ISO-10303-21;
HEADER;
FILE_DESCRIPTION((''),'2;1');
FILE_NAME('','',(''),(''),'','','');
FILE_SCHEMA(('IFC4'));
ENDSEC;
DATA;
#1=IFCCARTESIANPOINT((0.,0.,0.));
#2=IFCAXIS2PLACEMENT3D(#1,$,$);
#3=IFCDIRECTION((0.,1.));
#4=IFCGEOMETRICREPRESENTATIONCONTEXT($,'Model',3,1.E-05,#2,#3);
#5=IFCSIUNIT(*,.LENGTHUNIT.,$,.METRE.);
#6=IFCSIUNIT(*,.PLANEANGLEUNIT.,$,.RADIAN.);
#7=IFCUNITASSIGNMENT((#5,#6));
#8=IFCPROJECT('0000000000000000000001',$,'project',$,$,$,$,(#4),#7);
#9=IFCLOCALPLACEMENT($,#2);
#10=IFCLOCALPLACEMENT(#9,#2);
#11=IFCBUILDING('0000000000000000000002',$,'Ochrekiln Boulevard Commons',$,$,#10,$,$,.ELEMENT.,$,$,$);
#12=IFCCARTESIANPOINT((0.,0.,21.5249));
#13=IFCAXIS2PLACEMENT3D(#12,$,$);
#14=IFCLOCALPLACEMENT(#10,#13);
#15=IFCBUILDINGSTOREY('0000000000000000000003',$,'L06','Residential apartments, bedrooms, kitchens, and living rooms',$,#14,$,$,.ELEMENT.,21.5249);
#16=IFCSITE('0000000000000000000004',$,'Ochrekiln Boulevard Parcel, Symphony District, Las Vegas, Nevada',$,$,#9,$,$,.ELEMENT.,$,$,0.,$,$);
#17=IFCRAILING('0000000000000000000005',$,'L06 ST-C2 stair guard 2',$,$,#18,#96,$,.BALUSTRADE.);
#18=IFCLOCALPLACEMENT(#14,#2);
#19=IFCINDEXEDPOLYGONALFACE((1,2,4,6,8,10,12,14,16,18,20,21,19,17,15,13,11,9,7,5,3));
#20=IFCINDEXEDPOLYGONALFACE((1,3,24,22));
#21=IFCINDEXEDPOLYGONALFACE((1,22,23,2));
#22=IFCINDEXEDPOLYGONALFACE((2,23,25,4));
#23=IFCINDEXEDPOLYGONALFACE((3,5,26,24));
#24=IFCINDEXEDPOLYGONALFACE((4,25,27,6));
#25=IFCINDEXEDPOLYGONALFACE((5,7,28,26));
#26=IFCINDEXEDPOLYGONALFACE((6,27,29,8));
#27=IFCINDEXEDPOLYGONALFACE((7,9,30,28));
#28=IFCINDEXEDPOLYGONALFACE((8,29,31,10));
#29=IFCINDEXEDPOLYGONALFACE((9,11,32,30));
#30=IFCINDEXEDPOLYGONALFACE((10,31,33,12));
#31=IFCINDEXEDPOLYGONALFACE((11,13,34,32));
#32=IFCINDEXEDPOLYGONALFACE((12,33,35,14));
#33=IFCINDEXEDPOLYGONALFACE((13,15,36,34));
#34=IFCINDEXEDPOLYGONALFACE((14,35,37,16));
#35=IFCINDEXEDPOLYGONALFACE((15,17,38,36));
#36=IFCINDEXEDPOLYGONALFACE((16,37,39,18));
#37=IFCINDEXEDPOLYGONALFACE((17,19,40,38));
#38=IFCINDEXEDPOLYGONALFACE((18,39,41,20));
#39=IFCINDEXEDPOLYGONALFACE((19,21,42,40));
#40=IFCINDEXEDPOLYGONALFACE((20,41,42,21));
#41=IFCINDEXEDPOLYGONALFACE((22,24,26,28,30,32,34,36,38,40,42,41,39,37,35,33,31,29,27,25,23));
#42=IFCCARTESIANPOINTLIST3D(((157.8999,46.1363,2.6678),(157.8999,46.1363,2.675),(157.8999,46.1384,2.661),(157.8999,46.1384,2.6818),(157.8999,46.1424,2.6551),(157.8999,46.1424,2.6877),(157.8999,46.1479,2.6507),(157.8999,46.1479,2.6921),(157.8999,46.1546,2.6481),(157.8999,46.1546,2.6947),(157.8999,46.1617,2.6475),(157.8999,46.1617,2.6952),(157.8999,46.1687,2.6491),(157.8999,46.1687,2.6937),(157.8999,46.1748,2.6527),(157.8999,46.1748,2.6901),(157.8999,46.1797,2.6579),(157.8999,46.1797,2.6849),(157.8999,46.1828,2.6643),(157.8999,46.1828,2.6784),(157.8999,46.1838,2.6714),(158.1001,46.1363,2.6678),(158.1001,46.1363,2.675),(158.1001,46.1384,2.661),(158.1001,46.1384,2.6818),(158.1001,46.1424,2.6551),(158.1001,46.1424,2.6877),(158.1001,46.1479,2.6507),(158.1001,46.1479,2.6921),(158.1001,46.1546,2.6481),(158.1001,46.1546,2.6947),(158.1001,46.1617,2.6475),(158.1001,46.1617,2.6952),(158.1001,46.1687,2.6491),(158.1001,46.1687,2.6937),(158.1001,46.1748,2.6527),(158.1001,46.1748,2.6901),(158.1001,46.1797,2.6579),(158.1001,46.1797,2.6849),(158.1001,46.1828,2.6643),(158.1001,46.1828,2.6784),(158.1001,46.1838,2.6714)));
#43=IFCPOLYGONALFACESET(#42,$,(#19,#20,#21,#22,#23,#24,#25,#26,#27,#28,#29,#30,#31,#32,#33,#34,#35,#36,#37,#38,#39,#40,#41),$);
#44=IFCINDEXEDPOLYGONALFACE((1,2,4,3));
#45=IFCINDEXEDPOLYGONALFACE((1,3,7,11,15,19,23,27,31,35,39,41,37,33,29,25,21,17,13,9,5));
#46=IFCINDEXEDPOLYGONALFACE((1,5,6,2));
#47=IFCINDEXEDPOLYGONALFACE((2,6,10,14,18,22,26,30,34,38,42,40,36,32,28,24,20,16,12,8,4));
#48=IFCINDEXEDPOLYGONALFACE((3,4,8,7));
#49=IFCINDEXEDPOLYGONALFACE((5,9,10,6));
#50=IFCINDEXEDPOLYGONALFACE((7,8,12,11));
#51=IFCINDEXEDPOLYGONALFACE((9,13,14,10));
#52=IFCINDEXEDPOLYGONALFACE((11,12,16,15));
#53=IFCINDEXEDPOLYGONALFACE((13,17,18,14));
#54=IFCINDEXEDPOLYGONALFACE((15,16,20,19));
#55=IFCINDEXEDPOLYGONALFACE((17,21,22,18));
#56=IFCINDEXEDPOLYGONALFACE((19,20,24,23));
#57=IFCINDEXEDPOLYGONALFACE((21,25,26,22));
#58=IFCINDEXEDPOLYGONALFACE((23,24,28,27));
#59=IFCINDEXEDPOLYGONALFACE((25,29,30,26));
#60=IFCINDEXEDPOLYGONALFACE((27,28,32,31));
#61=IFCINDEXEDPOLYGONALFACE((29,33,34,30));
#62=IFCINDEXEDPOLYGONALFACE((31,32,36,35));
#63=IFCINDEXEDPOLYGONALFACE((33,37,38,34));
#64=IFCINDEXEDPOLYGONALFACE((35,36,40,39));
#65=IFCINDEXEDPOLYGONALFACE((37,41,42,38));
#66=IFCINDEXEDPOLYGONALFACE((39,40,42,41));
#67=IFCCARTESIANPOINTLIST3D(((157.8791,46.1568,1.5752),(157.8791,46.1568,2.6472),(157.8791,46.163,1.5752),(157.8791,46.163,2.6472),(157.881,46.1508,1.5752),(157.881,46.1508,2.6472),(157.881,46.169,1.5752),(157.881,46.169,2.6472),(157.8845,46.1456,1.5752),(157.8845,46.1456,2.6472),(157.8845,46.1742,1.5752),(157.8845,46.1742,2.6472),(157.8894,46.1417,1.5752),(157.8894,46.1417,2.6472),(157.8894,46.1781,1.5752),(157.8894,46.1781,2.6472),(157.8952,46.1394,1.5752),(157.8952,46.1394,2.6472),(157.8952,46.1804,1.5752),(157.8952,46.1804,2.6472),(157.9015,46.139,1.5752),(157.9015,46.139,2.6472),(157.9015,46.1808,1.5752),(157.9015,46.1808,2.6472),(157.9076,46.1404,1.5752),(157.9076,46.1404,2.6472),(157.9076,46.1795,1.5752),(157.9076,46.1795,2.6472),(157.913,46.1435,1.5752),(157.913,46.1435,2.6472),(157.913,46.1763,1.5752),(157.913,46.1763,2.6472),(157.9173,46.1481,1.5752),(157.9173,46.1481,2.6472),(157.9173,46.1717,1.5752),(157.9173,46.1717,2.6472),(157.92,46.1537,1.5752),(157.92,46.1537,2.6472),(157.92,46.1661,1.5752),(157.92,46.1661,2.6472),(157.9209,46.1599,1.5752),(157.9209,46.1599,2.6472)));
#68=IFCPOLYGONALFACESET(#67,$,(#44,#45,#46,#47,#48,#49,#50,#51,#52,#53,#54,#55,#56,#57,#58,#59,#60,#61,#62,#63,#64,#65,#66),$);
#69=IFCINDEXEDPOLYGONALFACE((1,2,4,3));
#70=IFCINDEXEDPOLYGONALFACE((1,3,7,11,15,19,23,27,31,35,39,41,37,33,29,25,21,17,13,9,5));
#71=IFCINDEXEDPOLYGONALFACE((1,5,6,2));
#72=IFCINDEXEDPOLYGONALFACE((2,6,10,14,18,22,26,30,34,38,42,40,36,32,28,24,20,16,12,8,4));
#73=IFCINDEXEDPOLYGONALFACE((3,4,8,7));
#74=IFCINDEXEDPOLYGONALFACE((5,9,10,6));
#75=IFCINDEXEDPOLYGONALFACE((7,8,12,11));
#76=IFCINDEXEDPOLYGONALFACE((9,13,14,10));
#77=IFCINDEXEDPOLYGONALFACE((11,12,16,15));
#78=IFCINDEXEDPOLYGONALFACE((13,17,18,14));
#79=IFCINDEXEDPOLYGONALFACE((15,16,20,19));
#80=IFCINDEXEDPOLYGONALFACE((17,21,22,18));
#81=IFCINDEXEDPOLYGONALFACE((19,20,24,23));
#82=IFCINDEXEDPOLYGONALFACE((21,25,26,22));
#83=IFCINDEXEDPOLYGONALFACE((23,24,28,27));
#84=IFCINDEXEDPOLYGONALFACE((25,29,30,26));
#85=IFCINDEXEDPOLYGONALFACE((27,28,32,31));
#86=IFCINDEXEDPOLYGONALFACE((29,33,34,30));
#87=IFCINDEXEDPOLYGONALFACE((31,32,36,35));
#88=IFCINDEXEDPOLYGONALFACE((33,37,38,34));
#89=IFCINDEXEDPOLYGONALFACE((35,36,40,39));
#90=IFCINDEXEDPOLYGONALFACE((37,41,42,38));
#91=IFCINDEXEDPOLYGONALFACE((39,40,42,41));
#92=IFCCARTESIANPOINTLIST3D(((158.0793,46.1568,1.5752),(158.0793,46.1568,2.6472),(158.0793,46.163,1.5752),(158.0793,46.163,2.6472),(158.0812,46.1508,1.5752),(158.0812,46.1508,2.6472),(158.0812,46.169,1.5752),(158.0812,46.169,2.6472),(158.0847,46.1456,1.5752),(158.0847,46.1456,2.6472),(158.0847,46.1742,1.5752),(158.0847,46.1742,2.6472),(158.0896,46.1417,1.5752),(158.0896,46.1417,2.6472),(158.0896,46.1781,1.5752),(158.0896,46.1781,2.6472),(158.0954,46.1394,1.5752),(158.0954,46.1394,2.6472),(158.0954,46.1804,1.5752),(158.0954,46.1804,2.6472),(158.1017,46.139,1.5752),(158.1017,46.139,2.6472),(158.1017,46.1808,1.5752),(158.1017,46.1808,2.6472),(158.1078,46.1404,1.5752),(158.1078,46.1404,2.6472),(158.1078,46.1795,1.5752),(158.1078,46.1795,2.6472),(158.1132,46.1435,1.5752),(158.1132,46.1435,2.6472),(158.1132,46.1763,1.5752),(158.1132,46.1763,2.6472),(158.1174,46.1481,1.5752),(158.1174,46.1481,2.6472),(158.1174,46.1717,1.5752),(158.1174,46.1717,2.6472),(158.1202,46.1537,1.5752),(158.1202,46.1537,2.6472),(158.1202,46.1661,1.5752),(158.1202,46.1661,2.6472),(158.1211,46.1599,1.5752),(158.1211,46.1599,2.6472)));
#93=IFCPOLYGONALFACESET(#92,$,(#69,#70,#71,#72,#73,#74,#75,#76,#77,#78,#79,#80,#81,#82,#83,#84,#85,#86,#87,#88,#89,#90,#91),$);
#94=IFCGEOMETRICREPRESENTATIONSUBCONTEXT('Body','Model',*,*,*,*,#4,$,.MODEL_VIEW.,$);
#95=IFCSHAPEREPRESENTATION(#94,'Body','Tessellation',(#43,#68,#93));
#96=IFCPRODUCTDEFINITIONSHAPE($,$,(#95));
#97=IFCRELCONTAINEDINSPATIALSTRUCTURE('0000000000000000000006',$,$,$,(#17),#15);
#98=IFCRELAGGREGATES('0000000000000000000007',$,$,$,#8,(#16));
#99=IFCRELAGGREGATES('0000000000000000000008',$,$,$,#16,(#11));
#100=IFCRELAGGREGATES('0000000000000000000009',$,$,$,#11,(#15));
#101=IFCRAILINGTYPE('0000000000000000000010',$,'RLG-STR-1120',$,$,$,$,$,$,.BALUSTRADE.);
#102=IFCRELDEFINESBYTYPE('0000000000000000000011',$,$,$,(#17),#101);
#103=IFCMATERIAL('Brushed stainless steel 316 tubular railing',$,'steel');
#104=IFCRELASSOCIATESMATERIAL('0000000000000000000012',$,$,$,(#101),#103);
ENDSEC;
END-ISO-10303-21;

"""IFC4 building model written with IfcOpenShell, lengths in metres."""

from ifc_helpers import new_model, si_unit, direction, frame, origin, origin_2d, place, context, subcontext, project, spatial, circle, extrude, material, type_object, element, save


model = new_model("IFC4")

# Units and contexts
model_context = context("Model", 3, precision=1e-05, world=origin(), true_north=direction((0.0, 1.0)))
body_context = subcontext(model_context, "Body", "Model", "MODEL_VIEW")
ifc_project = project(units=[si_unit("LENGTHUNIT", "METRE"), si_unit("PLANEANGLEUNIT", "RADIAN")], contexts=[model_context])

# Site, building, storey
site_placement = place(None, origin())
site = spatial("IfcSite", under=ifc_project, at=site_placement, Name="Ochrekiln Boulevard Parcel, Symphony District, Las Vegas, Nevada", CompositionType="ELEMENT", RefElevation=0.0)
building_placement = place(site_placement, origin())
building = spatial("IfcBuilding", under=site, at=building_placement, Name="Ochrekiln Boulevard Commons", CompositionType="ELEMENT")
storey_placement = place(building_placement, frame((0.0, 0.0, 21.5249)))
storey = spatial("IfcBuildingStorey", under=building, at=storey_placement, Name="L06", Description="Residential apartments, bedrooms, kitchens, and living rooms", CompositionType="ELEMENT", Elevation=21.5249)

# Railing
ifc_material_1 = material(Name="Brushed stainless steel 316 tubular railing", Category="steel")
railing_type_1 = type_object("IfcRailingType", Name="RLG-STR-1120", PredefinedType="BALUSTRADE", material=ifc_material_1)
railing_1_placement = place(storey_placement, frame((157.8999, 46.1599, 1.5752)))
element("IfcRailing", 1, at=railing_1_placement, inside=storey, type_object=railing_type_1, Name="L06 ST-C2 stair guard 2", PredefinedType="BALUSTRADE", context=body_context, shape_type="SweptSolid", body=[
    extrude(circle(Radius=0.0239, at=origin_2d()), frame((0.0, 0.0, 1.0962), z_axis=(1.0, 0.0, 0.0), x_axis=(0.0, 1.0, 0.0)), (0.0, 0.0, 1.0), 0.2002),
    extrude(circle(Radius=0.021, at=origin_2d()), origin(), (0.0, 0.0, 1.0), 1.072),
    extrude(circle(Radius=0.021, at=origin_2d()), frame((0.2002, 0.0, 0.0)), (0.0, 0.0, 1.0), 1.072),
])

save(model, "model.ifc")
